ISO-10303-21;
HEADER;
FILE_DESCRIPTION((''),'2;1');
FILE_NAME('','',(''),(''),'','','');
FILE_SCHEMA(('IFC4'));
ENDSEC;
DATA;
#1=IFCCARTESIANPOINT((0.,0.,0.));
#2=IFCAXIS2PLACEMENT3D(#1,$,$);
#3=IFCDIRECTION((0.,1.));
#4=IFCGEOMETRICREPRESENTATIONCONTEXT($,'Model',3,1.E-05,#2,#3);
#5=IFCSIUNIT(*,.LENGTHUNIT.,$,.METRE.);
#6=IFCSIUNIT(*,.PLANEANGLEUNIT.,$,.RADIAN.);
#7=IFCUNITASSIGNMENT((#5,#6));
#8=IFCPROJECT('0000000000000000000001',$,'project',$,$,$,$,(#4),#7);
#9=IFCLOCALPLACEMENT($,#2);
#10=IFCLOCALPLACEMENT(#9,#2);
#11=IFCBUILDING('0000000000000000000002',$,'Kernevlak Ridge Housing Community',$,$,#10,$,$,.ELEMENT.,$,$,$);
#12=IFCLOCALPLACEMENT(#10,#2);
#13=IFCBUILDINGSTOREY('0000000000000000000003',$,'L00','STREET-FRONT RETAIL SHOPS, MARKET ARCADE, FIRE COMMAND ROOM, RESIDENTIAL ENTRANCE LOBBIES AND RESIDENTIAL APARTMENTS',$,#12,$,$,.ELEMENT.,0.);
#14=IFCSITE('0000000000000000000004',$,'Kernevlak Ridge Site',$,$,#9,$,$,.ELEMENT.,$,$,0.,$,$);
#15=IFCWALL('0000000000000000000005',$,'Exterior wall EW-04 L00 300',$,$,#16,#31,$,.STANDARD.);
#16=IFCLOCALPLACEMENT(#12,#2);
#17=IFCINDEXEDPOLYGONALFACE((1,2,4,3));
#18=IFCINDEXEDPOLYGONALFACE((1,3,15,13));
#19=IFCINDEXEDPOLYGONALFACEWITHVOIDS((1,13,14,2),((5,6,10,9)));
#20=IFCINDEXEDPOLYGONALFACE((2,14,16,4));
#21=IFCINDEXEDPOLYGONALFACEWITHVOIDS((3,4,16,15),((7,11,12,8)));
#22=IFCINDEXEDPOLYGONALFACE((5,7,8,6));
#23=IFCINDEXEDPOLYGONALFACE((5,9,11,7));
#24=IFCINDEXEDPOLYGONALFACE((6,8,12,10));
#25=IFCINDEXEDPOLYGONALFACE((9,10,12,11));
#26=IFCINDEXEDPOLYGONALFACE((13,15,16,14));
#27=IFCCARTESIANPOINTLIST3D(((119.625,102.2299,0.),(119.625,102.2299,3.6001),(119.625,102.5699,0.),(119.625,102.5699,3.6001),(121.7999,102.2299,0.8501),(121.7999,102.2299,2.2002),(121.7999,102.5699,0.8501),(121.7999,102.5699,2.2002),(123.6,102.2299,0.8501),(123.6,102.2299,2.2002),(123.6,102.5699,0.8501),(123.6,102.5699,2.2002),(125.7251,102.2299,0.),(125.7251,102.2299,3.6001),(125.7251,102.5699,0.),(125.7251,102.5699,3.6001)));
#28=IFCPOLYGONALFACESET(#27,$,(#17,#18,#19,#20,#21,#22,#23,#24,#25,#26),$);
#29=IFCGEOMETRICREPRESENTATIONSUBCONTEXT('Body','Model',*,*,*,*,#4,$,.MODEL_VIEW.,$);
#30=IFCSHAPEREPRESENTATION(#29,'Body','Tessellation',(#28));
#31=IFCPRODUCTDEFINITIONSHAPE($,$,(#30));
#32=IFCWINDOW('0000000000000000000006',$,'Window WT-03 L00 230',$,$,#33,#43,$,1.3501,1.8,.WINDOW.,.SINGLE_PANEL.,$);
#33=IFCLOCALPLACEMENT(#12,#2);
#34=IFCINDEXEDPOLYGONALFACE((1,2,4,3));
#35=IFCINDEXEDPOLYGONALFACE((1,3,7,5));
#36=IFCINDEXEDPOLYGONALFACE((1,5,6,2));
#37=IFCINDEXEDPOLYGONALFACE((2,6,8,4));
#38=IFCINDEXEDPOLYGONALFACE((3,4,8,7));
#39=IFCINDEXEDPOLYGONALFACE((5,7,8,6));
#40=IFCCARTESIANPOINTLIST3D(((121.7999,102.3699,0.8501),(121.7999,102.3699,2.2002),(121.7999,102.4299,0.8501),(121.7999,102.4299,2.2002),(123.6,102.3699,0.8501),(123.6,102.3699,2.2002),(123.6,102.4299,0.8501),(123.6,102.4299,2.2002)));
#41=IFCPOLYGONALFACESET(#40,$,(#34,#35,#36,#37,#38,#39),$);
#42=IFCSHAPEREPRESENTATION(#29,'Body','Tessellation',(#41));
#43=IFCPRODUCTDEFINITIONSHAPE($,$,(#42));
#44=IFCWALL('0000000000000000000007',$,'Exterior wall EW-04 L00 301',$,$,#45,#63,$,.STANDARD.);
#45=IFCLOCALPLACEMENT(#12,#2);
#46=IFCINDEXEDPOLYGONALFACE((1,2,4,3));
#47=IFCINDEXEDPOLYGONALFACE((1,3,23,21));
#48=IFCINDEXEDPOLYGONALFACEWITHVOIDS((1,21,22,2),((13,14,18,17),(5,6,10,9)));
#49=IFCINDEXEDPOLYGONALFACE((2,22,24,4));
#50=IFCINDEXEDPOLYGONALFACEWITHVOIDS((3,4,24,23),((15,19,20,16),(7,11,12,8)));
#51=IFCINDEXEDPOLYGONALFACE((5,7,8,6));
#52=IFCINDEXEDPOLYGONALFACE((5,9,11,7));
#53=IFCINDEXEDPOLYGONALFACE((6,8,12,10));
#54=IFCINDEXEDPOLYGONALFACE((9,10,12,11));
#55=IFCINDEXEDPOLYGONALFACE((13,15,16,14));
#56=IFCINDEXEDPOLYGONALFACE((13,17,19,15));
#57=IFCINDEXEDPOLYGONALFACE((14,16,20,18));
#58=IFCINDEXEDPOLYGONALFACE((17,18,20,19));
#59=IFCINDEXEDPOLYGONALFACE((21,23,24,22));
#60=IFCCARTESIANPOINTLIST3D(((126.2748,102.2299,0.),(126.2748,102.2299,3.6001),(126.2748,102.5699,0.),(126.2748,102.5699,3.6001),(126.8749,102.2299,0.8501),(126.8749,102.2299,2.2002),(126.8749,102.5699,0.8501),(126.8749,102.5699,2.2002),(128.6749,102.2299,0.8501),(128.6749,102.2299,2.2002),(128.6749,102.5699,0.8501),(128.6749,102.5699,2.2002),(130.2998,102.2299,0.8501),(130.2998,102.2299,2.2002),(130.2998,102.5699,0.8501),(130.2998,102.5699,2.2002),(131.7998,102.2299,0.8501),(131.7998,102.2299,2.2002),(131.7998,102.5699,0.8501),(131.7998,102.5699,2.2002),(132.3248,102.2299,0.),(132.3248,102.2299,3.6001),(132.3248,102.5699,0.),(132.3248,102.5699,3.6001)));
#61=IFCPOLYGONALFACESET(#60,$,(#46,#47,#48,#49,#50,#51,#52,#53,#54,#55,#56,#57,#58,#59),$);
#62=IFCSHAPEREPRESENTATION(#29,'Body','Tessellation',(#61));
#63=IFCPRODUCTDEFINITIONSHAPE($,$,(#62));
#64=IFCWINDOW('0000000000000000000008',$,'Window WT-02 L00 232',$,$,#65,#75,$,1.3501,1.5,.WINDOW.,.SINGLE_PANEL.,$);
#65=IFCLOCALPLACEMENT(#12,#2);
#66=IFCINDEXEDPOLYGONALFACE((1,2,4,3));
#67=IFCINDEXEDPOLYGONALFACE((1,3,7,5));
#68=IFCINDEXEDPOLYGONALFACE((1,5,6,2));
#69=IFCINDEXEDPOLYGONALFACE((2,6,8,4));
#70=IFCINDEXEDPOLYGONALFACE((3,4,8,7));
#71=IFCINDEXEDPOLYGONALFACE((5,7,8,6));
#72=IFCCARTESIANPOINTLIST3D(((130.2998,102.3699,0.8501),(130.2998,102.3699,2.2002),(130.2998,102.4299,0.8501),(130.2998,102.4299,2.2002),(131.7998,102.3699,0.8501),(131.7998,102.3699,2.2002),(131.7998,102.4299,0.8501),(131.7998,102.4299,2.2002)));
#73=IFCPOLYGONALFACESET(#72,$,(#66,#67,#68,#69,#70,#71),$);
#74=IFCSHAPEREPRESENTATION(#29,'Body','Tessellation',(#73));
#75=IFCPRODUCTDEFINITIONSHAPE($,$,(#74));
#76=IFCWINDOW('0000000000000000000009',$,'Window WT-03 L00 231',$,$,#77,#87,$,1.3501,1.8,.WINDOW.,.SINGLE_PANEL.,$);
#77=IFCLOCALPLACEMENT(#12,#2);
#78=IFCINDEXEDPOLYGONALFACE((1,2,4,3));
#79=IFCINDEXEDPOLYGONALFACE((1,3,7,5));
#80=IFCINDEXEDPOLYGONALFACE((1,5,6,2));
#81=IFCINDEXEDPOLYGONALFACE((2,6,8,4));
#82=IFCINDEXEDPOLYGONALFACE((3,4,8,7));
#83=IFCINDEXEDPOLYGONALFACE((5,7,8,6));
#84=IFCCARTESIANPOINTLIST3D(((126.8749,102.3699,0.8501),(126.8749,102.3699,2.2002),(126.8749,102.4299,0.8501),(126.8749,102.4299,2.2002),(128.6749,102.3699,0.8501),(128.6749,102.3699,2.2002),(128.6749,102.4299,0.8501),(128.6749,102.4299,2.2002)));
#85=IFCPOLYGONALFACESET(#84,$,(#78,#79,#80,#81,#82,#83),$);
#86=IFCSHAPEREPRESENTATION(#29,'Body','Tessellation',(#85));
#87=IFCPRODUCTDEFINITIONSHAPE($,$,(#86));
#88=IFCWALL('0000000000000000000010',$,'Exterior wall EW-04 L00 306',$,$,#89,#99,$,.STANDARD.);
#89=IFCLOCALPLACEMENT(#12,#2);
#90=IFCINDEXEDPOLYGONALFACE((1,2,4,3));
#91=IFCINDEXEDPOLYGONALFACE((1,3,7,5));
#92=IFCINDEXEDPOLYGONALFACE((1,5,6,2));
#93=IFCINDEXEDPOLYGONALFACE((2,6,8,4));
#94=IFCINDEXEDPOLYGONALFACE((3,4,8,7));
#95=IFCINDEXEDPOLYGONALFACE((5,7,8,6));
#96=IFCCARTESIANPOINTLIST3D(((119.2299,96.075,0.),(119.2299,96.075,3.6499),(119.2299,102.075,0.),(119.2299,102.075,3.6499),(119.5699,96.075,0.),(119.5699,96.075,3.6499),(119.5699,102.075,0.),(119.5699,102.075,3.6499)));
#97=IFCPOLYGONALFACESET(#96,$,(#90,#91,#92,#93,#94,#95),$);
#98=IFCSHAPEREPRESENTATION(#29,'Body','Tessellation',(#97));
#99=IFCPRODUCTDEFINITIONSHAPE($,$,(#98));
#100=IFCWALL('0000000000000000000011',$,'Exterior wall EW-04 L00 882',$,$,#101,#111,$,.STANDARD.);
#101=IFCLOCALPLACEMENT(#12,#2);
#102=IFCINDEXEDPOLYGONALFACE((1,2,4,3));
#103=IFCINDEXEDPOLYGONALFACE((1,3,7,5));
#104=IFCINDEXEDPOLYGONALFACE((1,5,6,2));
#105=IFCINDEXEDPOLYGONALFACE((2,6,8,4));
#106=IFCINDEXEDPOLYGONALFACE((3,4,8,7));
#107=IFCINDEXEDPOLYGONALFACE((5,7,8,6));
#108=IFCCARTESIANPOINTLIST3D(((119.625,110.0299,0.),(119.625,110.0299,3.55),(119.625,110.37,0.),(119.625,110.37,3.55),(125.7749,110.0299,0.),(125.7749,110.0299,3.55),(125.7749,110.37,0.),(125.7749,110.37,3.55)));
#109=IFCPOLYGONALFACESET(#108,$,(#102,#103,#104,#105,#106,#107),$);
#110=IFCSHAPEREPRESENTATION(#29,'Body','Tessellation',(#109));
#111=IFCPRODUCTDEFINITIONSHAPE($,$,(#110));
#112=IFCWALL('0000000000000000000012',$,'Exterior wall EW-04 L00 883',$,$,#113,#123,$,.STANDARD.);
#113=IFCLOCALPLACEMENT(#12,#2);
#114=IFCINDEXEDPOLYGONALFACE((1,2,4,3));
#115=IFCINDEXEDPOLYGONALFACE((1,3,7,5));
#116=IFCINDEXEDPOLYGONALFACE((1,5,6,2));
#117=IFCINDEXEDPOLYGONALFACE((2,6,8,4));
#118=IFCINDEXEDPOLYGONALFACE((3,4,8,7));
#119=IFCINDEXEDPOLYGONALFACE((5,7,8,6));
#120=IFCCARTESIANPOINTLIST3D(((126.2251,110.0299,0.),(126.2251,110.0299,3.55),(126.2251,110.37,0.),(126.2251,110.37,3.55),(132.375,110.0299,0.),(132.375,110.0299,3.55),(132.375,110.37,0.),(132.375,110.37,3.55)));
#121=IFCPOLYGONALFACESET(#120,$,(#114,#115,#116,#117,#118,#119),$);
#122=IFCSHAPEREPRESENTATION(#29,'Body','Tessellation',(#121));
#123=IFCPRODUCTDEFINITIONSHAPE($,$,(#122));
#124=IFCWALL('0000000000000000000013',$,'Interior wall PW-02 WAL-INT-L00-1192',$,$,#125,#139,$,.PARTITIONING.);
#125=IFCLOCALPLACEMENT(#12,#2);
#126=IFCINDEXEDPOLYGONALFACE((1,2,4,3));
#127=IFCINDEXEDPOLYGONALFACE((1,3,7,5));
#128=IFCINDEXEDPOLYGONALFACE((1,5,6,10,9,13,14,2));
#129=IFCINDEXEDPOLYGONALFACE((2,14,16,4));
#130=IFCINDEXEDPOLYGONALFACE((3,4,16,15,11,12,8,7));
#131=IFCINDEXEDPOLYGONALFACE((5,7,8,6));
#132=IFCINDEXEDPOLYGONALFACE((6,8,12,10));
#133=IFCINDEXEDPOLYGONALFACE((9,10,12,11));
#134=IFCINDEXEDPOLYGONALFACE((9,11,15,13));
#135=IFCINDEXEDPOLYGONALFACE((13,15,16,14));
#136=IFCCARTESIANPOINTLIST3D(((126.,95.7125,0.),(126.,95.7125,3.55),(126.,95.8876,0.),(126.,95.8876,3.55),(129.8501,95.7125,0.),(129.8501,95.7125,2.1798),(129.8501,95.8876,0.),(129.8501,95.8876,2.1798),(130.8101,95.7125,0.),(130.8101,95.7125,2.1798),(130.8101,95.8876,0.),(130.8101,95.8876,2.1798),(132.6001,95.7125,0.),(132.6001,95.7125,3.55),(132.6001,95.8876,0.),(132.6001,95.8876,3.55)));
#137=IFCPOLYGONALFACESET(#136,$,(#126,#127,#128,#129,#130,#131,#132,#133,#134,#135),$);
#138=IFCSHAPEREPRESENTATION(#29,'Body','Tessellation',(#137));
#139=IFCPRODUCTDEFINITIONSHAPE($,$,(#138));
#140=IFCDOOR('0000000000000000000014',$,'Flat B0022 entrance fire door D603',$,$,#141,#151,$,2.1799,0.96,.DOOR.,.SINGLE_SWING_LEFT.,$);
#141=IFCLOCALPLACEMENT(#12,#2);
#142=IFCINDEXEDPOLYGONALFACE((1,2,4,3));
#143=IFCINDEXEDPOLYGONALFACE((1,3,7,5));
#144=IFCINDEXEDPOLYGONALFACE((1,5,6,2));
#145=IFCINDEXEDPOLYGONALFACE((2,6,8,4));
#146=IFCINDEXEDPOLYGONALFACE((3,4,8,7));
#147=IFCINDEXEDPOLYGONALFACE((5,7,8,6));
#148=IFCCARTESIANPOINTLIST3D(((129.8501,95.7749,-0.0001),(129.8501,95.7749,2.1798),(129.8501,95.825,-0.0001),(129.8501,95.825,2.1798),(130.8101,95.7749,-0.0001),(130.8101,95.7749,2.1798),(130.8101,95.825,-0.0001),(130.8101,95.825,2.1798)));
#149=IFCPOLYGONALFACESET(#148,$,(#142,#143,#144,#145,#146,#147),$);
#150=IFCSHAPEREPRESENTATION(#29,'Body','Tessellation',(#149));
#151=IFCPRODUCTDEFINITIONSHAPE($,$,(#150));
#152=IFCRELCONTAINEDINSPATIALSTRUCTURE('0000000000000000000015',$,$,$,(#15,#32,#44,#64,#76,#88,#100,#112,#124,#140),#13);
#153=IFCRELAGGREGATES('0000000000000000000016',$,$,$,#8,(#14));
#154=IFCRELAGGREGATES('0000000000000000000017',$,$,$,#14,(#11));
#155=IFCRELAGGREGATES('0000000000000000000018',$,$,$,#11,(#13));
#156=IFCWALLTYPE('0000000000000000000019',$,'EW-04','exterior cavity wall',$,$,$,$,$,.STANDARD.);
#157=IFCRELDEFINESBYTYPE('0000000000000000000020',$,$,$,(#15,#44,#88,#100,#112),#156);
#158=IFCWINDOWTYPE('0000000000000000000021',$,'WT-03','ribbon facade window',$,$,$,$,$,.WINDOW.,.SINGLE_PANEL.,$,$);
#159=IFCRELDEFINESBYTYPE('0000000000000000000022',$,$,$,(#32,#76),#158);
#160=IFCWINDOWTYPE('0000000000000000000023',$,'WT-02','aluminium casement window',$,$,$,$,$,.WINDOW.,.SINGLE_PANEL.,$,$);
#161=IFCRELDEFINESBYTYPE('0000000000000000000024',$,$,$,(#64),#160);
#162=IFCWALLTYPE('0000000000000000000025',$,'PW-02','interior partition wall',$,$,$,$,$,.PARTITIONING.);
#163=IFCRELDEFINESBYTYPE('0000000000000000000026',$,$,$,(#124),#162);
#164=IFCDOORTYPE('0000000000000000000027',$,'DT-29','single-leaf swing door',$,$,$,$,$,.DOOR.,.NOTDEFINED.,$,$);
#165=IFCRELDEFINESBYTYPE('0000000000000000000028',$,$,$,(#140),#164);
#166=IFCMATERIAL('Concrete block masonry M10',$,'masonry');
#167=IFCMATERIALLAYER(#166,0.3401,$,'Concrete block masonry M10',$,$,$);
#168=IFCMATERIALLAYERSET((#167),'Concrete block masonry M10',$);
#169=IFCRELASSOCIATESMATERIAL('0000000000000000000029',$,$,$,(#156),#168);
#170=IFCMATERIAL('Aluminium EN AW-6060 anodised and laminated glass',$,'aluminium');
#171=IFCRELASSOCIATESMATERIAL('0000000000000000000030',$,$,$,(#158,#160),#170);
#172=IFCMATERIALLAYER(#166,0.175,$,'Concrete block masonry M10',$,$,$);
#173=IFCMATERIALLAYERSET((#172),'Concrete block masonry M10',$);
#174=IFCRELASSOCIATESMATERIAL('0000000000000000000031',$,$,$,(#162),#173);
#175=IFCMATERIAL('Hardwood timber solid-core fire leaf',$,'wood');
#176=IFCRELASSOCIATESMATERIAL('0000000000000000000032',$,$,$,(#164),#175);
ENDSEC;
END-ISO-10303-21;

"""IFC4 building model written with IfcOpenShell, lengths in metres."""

from ifc_helpers import new_model, si_unit, direction, frame, frame_2d, origin, place, context, subcontext, project, spatial, rectangle, extrude, material, layer, layer_set, type_object, element, fill, save


model = new_model("IFC4")

# Units and contexts
model_context = context("Model", 3, precision=1e-05, world=origin(), true_north=direction((0.0, 1.0)))
body_context = subcontext(model_context, "Body", "Model", "MODEL_VIEW")
ifc_project = project(units=[si_unit("LENGTHUNIT", "METRE"), si_unit("PLANEANGLEUNIT", "RADIAN")], contexts=[model_context])

# Site, building, storey
site_placement = place(None, origin())
site = spatial("IfcSite", under=ifc_project, at=site_placement, Name="Kernevlak Ridge Site", CompositionType="ELEMENT", RefElevation=0.0)
building_placement = place(site_placement, origin())
building = spatial("IfcBuilding", under=site, at=building_placement, Name="Kernevlak Ridge Housing Community", CompositionType="ELEMENT")
storey_placement = place(building_placement, origin())
storey = spatial("IfcBuildingStorey", under=building, at=storey_placement, Name="L00", Description="STREET-FRONT RETAIL SHOPS, MARKET ARCADE, FIRE COMMAND ROOM, RESIDENTIAL ENTRANCE LOBBIES AND RESIDENTIAL APARTMENTS", CompositionType="ELEMENT", Elevation=0.0)

# Wall, opening, window
ifc_material_1 = material(Name="Concrete block masonry M10", Category="masonry")
ifc_layer_1 = layer(ifc_material_1, 0.3401, Name="Concrete block masonry M10")
ifc_layer_set_1 = layer_set([ifc_layer_1], Name="Concrete block masonry M10")
wall_type_1 = type_object("IfcWallType", Name="EW-04", Description="exterior cavity wall", PredefinedType="STANDARD", material=ifc_layer_set_1)
wall_1_placement = place(storey_placement, frame((119.625, 102.3999, 0.0), z_axis=(0.0, 0.0, 1.0), x_axis=(1.0, 0.0, 0.0)))
wall_1 = element("IfcWall", 1, at=wall_1_placement, inside=storey, type_object=wall_type_1, Name="Exterior wall EW-04 L00 300", PredefinedType="STANDARD", context=body_context, shape_type="SweptSolid", body=[
    extrude(rectangle(XDim=6.1001, YDim=0.3401, at=frame_2d((3.05, 0.0))), origin(), (0.0, 0.0, 1.0), 3.6001),
])
opening_1_placement = place(wall_1_placement, frame((2.175, 0.0, 0.8501)))
opening_1 = element("IfcOpeningElement", 2, at=opening_1_placement, cuts=wall_1, PredefinedType="OPENING", context=body_context, shape_type="SweptSolid", body=[
    extrude(rectangle(XDim=1.8, YDim=1.3501, at=frame_2d((0.8999, 0.675))), frame((0.0, 0.1799, 0.0), z_axis=(0.0, -1.0, 0.0), x_axis=(1.0, 0.0, 0.0)), (0.0, 0.0, 1.0), 0.3601),
])
ifc_material_2 = material(Name="Aluminium EN AW-6060 anodised and laminated glass", Category="aluminium")
window_type_1 = type_object("IfcWindowType", Name="WT-03", Description="ribbon facade window", PartitioningType="SINGLE_PANEL", PredefinedType="WINDOW", material=ifc_material_2)
window_1_placement = place(opening_1_placement, origin())
window_1 = element("IfcWindow", 3, at=window_1_placement, inside=storey, type_object=window_type_1, Name="Window WT-03 L00 230", OverallHeight=1.3501, OverallWidth=1.8, PartitioningType="SINGLE_PANEL", PredefinedType="WINDOW", context=body_context, shape_type="SweptSolid", body=[
    extrude(rectangle(XDim=1.8, YDim=1.3501, at=frame_2d((0.8999, 0.675))), frame((0.0, 0.03, 0.0), z_axis=(0.0, -1.0, 0.0), x_axis=(1.0, 0.0, 0.0)), (0.0, 0.0, 1.0), 0.0601),
])
fill(opening_1, window_1)

# Wall, openings, windows
wall_2_placement = place(storey_placement, frame((126.2749, 102.3999, 0.0), z_axis=(0.0, 0.0, 1.0), x_axis=(1.0, 0.0, 0.0)))
wall_2 = element("IfcWall", 4, at=wall_2_placement, inside=storey, type_object=wall_type_1, Name="Exterior wall EW-04 L00 301", PredefinedType="STANDARD", context=body_context, shape_type="SweptSolid", body=[
    extrude(rectangle(XDim=6.05, YDim=0.3401, at=frame_2d((3.0249, 0.0))), origin(), (0.0, 0.0, 1.0), 3.6001),
])
opening_2_placement = place(wall_2_placement, frame((0.6001, 0.0, 0.8501)))
opening_2 = element("IfcOpeningElement", 5, at=opening_2_placement, cuts=wall_2, PredefinedType="OPENING", context=body_context, shape_type="SweptSolid", body=[
    extrude(rectangle(XDim=1.8, YDim=1.3501, at=frame_2d((0.8999, 0.675))), frame((0.0, 0.1799, 0.0), z_axis=(0.0, -1.0, 0.0), x_axis=(1.0, 0.0, 0.0)), (0.0, 0.0, 1.0), 0.3601),
])
opening_3_placement = place(wall_2_placement, frame((4.0249, 0.0, 0.8501)))
opening_3 = element("IfcOpeningElement", 6, at=opening_3_placement, cuts=wall_2, PredefinedType="OPENING", context=body_context, shape_type="SweptSolid", body=[
    extrude(rectangle(XDim=1.5, YDim=1.3501, at=frame_2d((0.75, 0.675))), frame((0.0, 0.1799, 0.0), z_axis=(0.0, -1.0, 0.0), x_axis=(1.0, 0.0, 0.0)), (0.0, 0.0, 1.0), 0.3601),
])
window_type_2 = type_object("IfcWindowType", Name="WT-02", Description="aluminium casement window", PartitioningType="SINGLE_PANEL", PredefinedType="WINDOW", material=ifc_material_2)
window_2_placement = place(opening_3_placement, origin())
window_2 = element("IfcWindow", 7, at=window_2_placement, inside=storey, type_object=window_type_2, Name="Window WT-02 L00 232", OverallHeight=1.3501, OverallWidth=1.5, PartitioningType="SINGLE_PANEL", PredefinedType="WINDOW", context=body_context, shape_type="SweptSolid", body=[
    extrude(rectangle(XDim=1.5, YDim=1.3501, at=frame_2d((0.75, 0.675))), frame((0.0, 0.03, 0.0), z_axis=(0.0, -1.0, 0.0), x_axis=(1.0, 0.0, 0.0)), (0.0, 0.0, 1.0), 0.0601),
])
fill(opening_3, window_2)
window_3_placement = place(opening_2_placement, origin())
window_3 = element("IfcWindow", 8, at=window_3_placement, inside=storey, type_object=window_type_1, Name="Window WT-03 L00 231", OverallHeight=1.3501, OverallWidth=1.8, PartitioningType="SINGLE_PANEL", PredefinedType="WINDOW", context=body_context, shape_type="SweptSolid", body=[
    extrude(rectangle(XDim=1.8, YDim=1.3501, at=frame_2d((0.8999, 0.675))), frame((0.0, 0.03, 0.0), z_axis=(0.0, -1.0, 0.0), x_axis=(1.0, 0.0, 0.0)), (0.0, 0.0, 1.0), 0.0601),
])
fill(opening_2, window_3)

# Walls
wall_3_placement = place(storey_placement, frame((119.3999, 96.075, 0.0), z_axis=(0.0, 0.0, 1.0), x_axis=(0.0, 1.0, 0.0)))
element("IfcWall", 9, at=wall_3_placement, inside=storey, type_object=wall_type_1, Name="Exterior wall EW-04 L00 306", PredefinedType="STANDARD", context=body_context, shape_type="SweptSolid", body=[
    extrude(rectangle(XDim=6.0, YDim=0.3401, at=frame_2d((3.0, 0.0))), origin(), (0.0, 0.0, 1.0), 3.6499),
])
for number, where, z_axis, x_axis, name in (
    (10, (119.625, 110.2, 0.0), (0.0, 0.0, 1.0), (1.0, 0.0, 0.0), "Exterior wall EW-04 L00 882"),
    (11, (126.2251, 110.2, 0.0), (0.0, 0.0, 1.0), (1.0, 0.0, 0.0), "Exterior wall EW-04 L00 883"),
):
    element("IfcWall", number, at=place(storey_placement, frame(where, z_axis=z_axis, x_axis=x_axis)), inside=storey, type_object=wall_type_1, Name=name, PredefinedType="STANDARD", context=body_context, shape_type="SweptSolid", body=[
        extrude(rectangle(XDim=6.1499, YDim=0.3401, at=frame_2d((3.075, 0.0))), origin(), (0.0, 0.0, 1.0), 3.55),
    ])

# Wall, opening, door
ifc_layer_2 = layer(ifc_material_1, 0.175, Name="Concrete block masonry M10")
ifc_layer_set_2 = layer_set([ifc_layer_2], Name="Concrete block masonry M10")
wall_type_2 = type_object("IfcWallType", Name="PW-02", Description="interior partition wall", PredefinedType="PARTITIONING", material=ifc_layer_set_2)
wall_4_placement = place(storey_placement, frame((126.0, 95.8, 0.0), z_axis=(0.0, 0.0, 1.0), x_axis=(1.0, 0.0, 0.0)))
wall_4 = element("IfcWall", 12, at=wall_4_placement, inside=storey, type_object=wall_type_2, Name="Interior wall PW-02 WAL-INT-L00-1192", PredefinedType="PARTITIONING", context=body_context, shape_type="SweptSolid", body=[
    extrude(rectangle(XDim=6.6001, YDim=0.175, at=frame_2d((3.3, 0.0))), origin(), (0.0, 0.0, 1.0), 3.55),
])
opening_4_placement = place(wall_4_placement, frame((3.8501, 0.0, 0.0)))
opening_4 = element("IfcOpeningElement", 13, at=opening_4_placement, cuts=wall_4, PredefinedType="OPENING", context=body_context, shape_type="SweptSolid", body=[
    extrude(rectangle(XDim=0.96, YDim=2.1799, at=frame_2d((0.48, 1.0898))), frame((0.0, 0.0974, 0.0), z_axis=(0.0, -1.0, 0.0), x_axis=(1.0, 0.0, 0.0)), (0.0, 0.0, 1.0), 0.1951),
])
ifc_material_3 = material(Name="Hardwood timber solid-core fire leaf", Category="wood")
door_type_1 = type_object("IfcDoorType", Name="DT-29", Description="single-leaf swing door", OperationType="NOTDEFINED", PredefinedType="DOOR", material=ifc_material_3)
door_1_placement = place(opening_4_placement, origin())
door_1 = element("IfcDoor", 14, at=door_1_placement, inside=storey, type_object=door_type_1, Name="Flat B0022 entrance fire door D603", OperationType="SINGLE_SWING_LEFT", OverallHeight=2.1799, OverallWidth=0.96, PredefinedType="DOOR", context=body_context, shape_type="SweptSolid", body=[
    extrude(rectangle(XDim=0.96, YDim=2.1799, at=frame_2d((0.48, 1.0898))), frame((0.0, 0.0249, 0.0), z_axis=(0.0, -1.0, 0.0), x_axis=(1.0, 0.0, 0.0)), (0.0, 0.0, 1.0), 0.05),
])
fill(opening_4, door_1)

save(model, "model.ifc")
